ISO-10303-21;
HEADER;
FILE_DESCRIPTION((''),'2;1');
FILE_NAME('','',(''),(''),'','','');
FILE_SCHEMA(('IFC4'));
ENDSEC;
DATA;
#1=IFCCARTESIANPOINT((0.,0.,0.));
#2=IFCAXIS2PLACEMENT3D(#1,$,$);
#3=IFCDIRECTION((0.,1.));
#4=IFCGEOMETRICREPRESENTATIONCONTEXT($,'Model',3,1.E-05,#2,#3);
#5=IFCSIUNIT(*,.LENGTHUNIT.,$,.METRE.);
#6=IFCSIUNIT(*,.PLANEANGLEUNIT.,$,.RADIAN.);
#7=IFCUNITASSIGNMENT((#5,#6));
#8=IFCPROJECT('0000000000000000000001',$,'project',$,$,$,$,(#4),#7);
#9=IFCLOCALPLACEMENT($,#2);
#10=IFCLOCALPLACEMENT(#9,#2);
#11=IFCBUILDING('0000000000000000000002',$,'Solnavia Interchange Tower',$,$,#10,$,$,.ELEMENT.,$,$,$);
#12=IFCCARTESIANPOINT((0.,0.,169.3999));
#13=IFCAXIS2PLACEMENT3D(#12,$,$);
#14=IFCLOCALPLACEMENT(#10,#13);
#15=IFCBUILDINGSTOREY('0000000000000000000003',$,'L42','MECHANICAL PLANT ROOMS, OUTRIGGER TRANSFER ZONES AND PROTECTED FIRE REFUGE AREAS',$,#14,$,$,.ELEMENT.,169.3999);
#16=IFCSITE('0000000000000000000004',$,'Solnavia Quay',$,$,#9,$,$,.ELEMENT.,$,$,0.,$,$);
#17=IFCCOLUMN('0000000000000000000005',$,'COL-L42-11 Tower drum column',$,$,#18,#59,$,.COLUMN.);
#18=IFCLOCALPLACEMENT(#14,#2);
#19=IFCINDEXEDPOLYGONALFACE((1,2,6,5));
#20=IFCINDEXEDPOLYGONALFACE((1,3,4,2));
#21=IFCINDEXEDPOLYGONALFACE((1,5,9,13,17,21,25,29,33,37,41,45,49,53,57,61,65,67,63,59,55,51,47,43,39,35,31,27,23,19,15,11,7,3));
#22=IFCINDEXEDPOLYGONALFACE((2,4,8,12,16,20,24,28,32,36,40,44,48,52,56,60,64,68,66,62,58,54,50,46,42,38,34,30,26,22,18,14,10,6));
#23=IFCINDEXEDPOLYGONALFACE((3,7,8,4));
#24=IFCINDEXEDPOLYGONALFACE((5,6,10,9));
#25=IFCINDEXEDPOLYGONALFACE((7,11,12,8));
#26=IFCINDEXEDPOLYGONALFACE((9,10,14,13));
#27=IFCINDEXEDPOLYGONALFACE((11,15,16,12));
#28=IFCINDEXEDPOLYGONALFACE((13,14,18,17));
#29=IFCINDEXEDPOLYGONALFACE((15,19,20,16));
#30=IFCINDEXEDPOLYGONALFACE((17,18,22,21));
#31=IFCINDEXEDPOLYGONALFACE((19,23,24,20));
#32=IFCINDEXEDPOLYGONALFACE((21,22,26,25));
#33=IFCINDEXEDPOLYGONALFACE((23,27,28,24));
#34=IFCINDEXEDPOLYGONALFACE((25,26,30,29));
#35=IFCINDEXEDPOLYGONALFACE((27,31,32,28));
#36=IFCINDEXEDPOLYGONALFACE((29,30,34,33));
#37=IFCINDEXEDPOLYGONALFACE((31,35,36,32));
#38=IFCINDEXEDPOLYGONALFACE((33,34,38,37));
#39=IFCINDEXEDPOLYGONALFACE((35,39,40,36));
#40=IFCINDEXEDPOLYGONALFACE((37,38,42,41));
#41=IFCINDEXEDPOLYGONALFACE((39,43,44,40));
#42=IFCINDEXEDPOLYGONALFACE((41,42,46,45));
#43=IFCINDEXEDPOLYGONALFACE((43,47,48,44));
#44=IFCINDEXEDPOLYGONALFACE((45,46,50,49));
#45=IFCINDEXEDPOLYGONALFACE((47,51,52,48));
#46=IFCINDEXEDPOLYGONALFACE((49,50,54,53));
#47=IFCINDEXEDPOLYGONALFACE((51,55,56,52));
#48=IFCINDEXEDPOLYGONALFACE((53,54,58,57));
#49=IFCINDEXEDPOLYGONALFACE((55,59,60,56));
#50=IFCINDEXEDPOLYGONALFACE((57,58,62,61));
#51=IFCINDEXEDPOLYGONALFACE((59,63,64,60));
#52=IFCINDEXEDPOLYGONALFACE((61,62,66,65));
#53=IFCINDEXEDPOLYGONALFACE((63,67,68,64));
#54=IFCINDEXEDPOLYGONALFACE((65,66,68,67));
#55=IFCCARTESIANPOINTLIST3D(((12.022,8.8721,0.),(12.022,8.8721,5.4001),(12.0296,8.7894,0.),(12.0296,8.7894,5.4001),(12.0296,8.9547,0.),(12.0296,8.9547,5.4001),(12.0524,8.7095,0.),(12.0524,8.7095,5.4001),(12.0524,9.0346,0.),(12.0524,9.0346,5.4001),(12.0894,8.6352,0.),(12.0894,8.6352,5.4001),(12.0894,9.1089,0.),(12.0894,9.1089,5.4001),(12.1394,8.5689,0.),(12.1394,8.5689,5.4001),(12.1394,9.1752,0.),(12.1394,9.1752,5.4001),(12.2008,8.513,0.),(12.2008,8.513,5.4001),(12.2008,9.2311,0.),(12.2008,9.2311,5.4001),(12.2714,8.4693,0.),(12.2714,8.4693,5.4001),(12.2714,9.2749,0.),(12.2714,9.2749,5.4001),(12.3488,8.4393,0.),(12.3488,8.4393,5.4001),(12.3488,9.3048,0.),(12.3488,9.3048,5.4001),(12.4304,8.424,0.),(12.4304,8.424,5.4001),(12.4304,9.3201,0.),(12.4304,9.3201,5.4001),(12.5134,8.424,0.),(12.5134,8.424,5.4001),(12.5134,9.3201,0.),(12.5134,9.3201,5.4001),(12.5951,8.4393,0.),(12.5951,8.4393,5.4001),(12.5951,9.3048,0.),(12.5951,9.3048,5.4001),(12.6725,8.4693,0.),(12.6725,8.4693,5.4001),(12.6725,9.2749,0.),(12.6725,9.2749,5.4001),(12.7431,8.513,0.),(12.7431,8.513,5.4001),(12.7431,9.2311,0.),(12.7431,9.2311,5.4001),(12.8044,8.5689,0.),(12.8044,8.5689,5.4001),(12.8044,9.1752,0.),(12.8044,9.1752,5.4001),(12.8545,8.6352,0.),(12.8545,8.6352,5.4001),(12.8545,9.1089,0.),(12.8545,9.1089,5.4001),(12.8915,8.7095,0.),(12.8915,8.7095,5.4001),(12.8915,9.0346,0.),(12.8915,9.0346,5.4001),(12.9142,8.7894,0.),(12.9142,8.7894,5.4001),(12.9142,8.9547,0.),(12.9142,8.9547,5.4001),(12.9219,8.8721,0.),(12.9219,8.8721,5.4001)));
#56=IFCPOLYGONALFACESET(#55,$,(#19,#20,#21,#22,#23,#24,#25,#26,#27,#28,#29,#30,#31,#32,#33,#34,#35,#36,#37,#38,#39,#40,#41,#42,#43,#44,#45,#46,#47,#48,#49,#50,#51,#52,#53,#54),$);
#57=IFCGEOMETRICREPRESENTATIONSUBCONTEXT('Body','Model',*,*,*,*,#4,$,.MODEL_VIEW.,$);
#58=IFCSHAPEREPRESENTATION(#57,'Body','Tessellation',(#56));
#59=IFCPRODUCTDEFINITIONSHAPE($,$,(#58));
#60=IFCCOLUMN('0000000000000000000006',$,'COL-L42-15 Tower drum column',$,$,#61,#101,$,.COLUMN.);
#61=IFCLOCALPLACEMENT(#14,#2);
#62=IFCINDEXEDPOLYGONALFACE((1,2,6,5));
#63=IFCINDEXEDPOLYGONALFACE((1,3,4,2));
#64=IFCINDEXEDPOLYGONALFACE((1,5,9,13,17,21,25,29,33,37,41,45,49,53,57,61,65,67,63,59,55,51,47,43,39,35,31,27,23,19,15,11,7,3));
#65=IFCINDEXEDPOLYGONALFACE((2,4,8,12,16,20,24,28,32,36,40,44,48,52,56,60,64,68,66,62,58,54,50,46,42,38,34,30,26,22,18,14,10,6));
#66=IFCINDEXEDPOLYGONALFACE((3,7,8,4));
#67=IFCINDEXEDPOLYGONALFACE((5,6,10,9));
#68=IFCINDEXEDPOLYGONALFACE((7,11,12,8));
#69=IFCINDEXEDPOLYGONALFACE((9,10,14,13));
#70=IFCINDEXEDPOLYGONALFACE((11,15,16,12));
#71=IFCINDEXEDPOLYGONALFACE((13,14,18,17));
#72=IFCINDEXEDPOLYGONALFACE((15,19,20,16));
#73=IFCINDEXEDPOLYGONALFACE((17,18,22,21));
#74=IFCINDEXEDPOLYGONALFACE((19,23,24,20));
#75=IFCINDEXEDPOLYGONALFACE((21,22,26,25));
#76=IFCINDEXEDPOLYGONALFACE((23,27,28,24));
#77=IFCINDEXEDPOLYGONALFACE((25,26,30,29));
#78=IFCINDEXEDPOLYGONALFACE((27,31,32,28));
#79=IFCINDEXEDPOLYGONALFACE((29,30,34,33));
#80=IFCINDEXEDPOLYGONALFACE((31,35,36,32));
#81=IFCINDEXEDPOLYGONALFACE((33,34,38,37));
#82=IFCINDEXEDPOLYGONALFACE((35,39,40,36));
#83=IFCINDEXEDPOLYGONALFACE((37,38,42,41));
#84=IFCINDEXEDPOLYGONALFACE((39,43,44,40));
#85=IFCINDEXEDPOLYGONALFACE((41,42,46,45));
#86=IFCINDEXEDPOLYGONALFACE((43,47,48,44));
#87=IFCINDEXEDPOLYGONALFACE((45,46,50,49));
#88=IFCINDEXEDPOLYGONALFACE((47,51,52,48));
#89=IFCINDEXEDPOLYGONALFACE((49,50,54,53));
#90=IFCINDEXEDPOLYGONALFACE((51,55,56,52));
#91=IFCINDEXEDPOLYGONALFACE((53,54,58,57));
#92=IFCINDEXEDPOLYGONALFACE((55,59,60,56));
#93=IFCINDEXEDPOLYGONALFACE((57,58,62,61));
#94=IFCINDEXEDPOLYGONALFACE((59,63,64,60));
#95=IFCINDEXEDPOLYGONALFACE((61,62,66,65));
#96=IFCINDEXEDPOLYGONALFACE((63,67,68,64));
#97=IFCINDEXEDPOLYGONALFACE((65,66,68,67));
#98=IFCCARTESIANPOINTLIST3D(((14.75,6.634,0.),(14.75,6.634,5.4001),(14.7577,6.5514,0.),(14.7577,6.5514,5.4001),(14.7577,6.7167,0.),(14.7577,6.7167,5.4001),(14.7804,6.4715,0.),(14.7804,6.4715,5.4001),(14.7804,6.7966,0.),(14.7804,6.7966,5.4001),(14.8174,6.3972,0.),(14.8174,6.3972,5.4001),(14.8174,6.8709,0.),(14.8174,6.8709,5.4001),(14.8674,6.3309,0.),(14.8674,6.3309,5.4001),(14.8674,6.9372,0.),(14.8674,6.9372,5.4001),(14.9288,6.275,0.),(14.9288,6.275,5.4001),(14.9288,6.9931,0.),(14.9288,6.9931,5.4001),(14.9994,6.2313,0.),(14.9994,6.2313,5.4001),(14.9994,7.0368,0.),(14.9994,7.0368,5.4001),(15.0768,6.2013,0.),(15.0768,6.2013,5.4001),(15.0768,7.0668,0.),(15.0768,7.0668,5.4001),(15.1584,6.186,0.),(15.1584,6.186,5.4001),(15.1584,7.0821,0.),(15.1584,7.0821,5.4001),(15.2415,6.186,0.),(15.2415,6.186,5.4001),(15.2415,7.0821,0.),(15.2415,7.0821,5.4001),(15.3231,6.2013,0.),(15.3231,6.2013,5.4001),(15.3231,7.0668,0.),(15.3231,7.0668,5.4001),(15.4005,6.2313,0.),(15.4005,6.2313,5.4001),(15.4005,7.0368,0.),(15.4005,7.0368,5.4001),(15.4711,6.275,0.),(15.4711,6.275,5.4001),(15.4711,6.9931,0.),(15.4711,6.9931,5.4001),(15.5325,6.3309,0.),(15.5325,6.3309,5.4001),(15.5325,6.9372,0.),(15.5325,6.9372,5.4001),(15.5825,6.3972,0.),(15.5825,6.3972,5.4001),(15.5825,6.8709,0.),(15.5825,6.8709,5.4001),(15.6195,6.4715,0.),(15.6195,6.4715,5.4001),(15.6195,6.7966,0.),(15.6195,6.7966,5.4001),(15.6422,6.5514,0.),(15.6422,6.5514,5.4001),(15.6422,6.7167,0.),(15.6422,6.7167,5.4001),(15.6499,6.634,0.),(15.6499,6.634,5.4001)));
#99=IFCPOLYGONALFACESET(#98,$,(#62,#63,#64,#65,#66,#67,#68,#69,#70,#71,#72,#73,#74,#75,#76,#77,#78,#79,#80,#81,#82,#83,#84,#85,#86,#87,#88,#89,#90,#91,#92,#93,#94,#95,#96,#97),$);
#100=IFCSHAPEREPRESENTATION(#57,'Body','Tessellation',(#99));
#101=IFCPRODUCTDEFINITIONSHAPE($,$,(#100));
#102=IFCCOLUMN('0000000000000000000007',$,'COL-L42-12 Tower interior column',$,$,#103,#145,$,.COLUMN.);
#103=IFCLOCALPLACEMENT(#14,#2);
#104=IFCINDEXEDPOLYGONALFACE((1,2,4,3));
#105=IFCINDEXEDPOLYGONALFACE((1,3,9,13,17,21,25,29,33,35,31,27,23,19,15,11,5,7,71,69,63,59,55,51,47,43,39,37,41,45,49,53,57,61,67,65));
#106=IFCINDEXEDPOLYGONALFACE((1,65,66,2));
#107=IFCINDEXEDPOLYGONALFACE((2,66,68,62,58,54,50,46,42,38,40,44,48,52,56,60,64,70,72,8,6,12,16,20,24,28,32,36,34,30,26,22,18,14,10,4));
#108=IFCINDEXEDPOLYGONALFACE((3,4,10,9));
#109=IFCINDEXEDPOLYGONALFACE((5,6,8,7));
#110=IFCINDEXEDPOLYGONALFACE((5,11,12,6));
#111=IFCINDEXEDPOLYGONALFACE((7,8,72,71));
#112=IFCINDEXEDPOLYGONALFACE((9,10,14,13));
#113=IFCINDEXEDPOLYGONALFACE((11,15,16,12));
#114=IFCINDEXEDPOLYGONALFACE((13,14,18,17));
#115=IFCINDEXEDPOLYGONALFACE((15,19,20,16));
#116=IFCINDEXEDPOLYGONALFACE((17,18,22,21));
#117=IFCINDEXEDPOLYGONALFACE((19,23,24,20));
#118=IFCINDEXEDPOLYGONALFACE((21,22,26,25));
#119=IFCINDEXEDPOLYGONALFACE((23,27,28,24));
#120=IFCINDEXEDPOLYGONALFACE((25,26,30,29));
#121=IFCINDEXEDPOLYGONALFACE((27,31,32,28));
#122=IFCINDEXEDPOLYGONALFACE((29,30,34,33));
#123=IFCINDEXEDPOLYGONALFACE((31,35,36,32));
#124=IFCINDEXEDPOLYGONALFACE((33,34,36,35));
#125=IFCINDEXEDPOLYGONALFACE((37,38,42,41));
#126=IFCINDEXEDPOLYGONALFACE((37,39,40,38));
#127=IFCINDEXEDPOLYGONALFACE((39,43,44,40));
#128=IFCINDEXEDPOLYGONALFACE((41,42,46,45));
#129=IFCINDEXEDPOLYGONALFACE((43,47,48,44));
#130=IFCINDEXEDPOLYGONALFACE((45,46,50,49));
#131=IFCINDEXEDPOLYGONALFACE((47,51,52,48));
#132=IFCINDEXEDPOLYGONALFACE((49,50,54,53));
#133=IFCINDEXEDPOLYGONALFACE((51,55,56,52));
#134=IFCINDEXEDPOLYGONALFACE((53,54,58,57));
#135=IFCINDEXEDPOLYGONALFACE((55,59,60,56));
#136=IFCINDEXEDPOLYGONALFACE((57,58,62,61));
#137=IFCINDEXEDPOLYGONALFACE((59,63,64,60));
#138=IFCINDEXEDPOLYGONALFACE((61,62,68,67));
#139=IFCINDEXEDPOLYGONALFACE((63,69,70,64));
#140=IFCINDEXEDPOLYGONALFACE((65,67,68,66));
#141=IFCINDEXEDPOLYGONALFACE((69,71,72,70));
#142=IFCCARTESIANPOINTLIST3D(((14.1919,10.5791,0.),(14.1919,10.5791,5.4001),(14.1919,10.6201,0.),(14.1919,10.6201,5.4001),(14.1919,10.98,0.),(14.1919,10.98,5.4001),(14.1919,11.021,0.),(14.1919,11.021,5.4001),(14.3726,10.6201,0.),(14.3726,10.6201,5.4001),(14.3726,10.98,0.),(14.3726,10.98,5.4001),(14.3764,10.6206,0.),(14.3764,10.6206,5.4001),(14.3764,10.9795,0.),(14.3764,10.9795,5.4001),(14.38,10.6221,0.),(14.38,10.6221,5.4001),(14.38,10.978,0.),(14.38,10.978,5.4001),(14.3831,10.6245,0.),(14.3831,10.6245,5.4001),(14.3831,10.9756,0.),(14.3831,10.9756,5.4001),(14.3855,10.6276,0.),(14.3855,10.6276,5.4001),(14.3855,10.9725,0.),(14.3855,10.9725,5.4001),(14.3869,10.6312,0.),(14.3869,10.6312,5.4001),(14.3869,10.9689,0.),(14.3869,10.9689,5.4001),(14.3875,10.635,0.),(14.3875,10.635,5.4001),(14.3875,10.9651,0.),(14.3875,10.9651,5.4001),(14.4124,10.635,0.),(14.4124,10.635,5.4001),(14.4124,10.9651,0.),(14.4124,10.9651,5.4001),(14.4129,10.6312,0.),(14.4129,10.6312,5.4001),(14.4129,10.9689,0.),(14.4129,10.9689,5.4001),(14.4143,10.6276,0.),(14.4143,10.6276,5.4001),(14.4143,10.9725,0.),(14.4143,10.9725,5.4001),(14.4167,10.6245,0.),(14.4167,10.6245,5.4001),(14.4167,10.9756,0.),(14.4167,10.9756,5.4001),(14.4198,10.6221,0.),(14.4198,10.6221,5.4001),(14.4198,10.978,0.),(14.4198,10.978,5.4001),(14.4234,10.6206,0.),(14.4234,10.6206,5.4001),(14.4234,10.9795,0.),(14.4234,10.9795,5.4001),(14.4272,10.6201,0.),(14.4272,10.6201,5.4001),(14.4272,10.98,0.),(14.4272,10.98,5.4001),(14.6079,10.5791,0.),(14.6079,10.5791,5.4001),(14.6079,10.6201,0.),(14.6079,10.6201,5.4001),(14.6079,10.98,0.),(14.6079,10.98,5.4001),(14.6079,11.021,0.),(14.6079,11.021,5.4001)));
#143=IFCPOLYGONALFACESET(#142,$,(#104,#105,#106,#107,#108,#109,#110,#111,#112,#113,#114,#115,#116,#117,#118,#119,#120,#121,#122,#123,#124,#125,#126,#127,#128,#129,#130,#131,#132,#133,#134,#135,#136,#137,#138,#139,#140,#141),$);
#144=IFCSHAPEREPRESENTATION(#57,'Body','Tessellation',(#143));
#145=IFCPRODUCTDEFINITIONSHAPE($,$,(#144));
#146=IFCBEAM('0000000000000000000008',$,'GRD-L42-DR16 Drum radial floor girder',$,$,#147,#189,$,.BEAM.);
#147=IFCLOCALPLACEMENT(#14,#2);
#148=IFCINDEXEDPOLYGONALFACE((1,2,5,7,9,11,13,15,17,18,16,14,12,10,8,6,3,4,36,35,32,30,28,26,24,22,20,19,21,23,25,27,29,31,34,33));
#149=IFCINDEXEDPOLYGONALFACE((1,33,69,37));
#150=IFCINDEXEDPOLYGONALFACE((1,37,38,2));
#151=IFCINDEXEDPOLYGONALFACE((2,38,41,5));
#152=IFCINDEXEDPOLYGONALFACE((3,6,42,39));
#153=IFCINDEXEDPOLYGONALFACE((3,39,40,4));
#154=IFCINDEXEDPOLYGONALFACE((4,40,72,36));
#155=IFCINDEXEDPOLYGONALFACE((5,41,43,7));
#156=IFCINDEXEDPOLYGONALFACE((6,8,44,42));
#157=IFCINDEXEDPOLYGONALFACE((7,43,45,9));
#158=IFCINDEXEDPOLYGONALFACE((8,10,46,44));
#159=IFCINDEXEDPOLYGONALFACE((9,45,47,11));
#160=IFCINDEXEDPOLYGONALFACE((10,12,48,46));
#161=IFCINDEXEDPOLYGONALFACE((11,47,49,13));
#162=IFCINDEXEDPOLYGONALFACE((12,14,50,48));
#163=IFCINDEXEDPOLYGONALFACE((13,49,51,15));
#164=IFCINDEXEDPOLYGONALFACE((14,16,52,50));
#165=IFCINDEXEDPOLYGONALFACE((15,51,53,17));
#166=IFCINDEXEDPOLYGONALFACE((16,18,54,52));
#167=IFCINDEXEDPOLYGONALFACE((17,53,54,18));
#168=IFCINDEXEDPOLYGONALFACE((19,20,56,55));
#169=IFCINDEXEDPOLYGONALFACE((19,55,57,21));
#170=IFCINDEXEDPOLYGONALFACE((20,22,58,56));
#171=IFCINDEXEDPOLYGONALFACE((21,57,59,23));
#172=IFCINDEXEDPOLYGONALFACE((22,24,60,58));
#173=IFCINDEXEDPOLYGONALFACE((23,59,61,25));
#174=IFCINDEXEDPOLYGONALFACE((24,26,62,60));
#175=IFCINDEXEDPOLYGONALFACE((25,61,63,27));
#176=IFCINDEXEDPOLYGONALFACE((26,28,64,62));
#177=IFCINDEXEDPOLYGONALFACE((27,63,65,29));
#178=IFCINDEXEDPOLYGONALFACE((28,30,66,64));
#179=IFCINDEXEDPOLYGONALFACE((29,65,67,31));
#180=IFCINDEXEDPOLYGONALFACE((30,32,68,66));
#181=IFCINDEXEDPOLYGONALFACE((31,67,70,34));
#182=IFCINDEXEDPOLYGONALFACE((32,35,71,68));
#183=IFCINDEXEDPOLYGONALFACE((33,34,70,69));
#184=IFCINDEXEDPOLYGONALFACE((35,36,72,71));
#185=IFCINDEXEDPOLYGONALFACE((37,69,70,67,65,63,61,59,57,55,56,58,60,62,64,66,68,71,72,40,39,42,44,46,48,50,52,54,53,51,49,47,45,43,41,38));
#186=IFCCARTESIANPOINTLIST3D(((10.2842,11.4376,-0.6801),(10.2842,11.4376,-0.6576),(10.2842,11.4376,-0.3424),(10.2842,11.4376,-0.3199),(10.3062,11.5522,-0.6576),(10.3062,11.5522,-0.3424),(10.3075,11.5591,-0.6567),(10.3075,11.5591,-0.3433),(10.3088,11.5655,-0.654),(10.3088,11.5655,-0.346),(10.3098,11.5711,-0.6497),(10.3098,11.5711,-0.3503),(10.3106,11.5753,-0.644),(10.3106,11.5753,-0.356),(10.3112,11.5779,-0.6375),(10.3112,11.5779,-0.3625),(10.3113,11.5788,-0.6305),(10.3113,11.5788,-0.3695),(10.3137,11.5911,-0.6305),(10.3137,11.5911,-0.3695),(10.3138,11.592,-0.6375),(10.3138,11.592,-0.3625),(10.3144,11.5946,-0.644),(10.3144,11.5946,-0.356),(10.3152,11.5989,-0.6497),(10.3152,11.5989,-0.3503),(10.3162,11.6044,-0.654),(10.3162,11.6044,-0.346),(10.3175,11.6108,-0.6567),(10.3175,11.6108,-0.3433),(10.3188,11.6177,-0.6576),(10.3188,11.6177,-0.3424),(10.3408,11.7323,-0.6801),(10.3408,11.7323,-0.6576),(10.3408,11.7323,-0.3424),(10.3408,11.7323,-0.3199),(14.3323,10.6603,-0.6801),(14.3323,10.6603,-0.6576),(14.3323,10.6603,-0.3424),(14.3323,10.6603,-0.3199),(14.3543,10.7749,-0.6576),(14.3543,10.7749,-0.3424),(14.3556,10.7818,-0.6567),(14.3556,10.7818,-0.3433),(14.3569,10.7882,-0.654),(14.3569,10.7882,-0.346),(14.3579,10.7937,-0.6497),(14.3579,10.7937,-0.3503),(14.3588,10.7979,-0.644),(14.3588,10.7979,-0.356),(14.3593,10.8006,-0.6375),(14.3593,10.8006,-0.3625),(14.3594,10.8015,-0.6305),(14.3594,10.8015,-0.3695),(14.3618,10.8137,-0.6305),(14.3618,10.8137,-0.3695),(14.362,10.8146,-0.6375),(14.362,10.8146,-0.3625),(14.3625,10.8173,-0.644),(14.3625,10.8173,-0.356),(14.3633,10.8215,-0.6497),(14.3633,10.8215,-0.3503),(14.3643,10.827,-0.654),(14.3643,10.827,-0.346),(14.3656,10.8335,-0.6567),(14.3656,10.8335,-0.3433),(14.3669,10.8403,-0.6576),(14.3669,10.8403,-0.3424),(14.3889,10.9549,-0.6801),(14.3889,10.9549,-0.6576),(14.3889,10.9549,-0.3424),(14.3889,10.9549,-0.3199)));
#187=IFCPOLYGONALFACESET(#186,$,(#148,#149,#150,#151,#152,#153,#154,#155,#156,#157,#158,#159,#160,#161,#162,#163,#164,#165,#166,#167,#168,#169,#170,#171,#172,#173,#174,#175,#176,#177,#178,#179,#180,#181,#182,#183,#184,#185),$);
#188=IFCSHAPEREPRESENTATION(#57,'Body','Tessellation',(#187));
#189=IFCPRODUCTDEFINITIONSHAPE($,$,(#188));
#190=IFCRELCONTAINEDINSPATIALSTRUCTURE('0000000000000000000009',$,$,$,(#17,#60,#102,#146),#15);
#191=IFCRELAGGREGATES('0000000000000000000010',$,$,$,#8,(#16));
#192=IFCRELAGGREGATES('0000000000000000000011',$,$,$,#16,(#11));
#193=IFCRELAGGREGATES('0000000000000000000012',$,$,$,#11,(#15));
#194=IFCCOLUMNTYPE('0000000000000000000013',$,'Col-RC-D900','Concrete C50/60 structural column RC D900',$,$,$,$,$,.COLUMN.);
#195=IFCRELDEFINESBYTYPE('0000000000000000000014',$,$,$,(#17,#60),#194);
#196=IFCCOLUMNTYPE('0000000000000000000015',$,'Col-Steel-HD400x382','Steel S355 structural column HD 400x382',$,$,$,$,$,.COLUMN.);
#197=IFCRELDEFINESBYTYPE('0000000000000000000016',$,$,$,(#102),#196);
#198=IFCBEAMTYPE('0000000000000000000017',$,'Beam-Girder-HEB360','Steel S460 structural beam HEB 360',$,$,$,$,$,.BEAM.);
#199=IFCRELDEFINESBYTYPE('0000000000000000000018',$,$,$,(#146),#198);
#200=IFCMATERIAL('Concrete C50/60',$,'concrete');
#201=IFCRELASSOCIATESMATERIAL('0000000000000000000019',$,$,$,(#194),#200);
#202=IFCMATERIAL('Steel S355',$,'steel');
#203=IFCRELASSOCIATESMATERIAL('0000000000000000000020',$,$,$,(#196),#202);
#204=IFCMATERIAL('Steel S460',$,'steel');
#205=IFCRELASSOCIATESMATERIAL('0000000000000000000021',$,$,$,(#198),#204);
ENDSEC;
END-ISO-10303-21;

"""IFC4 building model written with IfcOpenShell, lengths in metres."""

from ifc_helpers import new_model, si_unit, direction, frame, origin, origin_2d, place, context, subcontext, project, spatial, circle, i_section, extrude, material, material_profile, profile_set, type_object, element, save


model = new_model("IFC4")

# Units and contexts
model_context = context("Model", 3, precision=1e-05, world=origin(), true_north=direction((0.0, 1.0)))
body_context = subcontext(model_context, "Body", "Model", "MODEL_VIEW")
ifc_project = project(units=[si_unit("LENGTHUNIT", "METRE"), si_unit("PLANEANGLEUNIT", "RADIAN")], contexts=[model_context])

# Site, building, storey
site_placement = place(None, origin())
site = spatial("IfcSite", under=ifc_project, at=site_placement, Name="Solnavia Quay", CompositionType="ELEMENT", RefElevation=0.0)
building_placement = place(site_placement, origin())
building = spatial("IfcBuilding", under=site, at=building_placement, Name="Solnavia Interchange Tower", CompositionType="ELEMENT")
storey_placement = place(building_placement, frame((0.0, 0.0, 169.3999)))
storey = spatial("IfcBuildingStorey", under=building, at=storey_placement, Name="L42", Description="MECHANICAL PLANT ROOMS, OUTRIGGER TRANSFER ZONES AND PROTECTED FIRE REFUGE AREAS", CompositionType="ELEMENT", Elevation=169.3999)

# Columns
ifc_material_1 = material(Name="Concrete C50/60", Category="concrete")
ifc_material_profile_1 = material_profile(ifc_material_1, circle(Radius=0.45, at=origin_2d()), Name="RC D900")
ifc_profile_set_1 = profile_set([ifc_material_profile_1], Name="Concrete C50/60")
column_type_1 = type_object("IfcColumnType", Name="Col-RC-D900", Description="Concrete C50/60 structural column RC D900", PredefinedType="COLUMN", material=ifc_profile_set_1)
for number, where, z_axis, x_axis, name in (
    (1, (12.4719, 8.8721, 0.0), (0.0, 0.0, 1.0), (1.0, 0.0, 0.0), "COL-L42-11 Tower drum column"),
    (2, (15.2, 6.634, 0.0), (0.0, 0.0, 1.0), (1.0, 0.0, 0.0), "COL-L42-15 Tower drum column"),
):
    element("IfcColumn", number, at=place(storey_placement, frame(where, z_axis=z_axis, x_axis=x_axis)), inside=storey, type_object=column_type_1, Name=name, PredefinedType="COLUMN", context=body_context, shape_type="SweptSolid", body=[
        extrude(circle(Radius=0.45, at=origin_2d()), origin(), (0.0, 0.0, 1.0), 5.4001),
    ])
ifc_material_2 = material(Name="Steel S355", Category="steel")
ifc_material_profile_2 = material_profile(ifc_material_2, i_section(OverallWidth=0.416, OverallDepth=0.4419, WebThickness=0.0249, FlangeThickness=0.041, FilletRadius=0.0149, at=origin_2d()), Name="HD 400x382")
ifc_profile_set_2 = profile_set([ifc_material_profile_2], Name="Steel S355")
column_type_2 = type_object("IfcColumnType", Name="Col-Steel-HD400x382", Description="Steel S355 structural column HD 400x382", PredefinedType="COLUMN", material=ifc_profile_set_2)
column_placement = place(storey_placement, frame((14.3999, 10.8, 0.0), z_axis=(0.0, 0.0, 1.0), x_axis=(1.0, 0.0, 0.0)))
element("IfcColumn", 3, at=column_placement, inside=storey, type_object=column_type_2, Name="COL-L42-12 Tower interior column", PredefinedType="COLUMN", context=body_context, shape_type="SweptSolid", body=[
    extrude(i_section(OverallWidth=0.416, OverallDepth=0.4419, WebThickness=0.0249, FlangeThickness=0.041, FilletRadius=0.0149, at=origin_2d()), origin(), (0.0, 0.0, 1.0), 5.4001),
])

# Beam
ifc_material_3 = material(Name="Steel S460", Category="steel")
ifc_material_profile_3 = material_profile(ifc_material_3, i_section(OverallWidth=0.3, OverallDepth=0.3601, WebThickness=0.0125, FlangeThickness=0.0225, FilletRadius=0.0271, at=origin_2d()), Name="HEB 360")
ifc_profile_set_3 = profile_set([ifc_material_profile_3], Name="Steel S460")
beam_type_1 = type_object("IfcBeamType", Name="Beam-Girder-HEB360", Description="Steel S460 structural beam HEB 360", PredefinedType="BEAM", material=ifc_profile_set_3)
beam_1_placement = place(storey_placement, frame((10.3125, 11.585, -0.5), z_axis=(0.982058, -0.188582, 0.0), x_axis=(0.188582, 0.982058, 0.0)))
element("IfcBeam", 4, at=beam_1_placement, inside=storey, type_object=beam_type_1, Name="GRD-L42-DR16 Drum radial floor girder", PredefinedType="BEAM", context=body_context, shape_type="SweptSolid", body=[
    extrude(i_section(OverallWidth=0.3, OverallDepth=0.3601, WebThickness=0.0125, FlangeThickness=0.0225, FilletRadius=0.0271, at=origin_2d()), origin(), (0.0, 0.0, 1.0), 4.1221),
])

save(model, "model.ifc")
